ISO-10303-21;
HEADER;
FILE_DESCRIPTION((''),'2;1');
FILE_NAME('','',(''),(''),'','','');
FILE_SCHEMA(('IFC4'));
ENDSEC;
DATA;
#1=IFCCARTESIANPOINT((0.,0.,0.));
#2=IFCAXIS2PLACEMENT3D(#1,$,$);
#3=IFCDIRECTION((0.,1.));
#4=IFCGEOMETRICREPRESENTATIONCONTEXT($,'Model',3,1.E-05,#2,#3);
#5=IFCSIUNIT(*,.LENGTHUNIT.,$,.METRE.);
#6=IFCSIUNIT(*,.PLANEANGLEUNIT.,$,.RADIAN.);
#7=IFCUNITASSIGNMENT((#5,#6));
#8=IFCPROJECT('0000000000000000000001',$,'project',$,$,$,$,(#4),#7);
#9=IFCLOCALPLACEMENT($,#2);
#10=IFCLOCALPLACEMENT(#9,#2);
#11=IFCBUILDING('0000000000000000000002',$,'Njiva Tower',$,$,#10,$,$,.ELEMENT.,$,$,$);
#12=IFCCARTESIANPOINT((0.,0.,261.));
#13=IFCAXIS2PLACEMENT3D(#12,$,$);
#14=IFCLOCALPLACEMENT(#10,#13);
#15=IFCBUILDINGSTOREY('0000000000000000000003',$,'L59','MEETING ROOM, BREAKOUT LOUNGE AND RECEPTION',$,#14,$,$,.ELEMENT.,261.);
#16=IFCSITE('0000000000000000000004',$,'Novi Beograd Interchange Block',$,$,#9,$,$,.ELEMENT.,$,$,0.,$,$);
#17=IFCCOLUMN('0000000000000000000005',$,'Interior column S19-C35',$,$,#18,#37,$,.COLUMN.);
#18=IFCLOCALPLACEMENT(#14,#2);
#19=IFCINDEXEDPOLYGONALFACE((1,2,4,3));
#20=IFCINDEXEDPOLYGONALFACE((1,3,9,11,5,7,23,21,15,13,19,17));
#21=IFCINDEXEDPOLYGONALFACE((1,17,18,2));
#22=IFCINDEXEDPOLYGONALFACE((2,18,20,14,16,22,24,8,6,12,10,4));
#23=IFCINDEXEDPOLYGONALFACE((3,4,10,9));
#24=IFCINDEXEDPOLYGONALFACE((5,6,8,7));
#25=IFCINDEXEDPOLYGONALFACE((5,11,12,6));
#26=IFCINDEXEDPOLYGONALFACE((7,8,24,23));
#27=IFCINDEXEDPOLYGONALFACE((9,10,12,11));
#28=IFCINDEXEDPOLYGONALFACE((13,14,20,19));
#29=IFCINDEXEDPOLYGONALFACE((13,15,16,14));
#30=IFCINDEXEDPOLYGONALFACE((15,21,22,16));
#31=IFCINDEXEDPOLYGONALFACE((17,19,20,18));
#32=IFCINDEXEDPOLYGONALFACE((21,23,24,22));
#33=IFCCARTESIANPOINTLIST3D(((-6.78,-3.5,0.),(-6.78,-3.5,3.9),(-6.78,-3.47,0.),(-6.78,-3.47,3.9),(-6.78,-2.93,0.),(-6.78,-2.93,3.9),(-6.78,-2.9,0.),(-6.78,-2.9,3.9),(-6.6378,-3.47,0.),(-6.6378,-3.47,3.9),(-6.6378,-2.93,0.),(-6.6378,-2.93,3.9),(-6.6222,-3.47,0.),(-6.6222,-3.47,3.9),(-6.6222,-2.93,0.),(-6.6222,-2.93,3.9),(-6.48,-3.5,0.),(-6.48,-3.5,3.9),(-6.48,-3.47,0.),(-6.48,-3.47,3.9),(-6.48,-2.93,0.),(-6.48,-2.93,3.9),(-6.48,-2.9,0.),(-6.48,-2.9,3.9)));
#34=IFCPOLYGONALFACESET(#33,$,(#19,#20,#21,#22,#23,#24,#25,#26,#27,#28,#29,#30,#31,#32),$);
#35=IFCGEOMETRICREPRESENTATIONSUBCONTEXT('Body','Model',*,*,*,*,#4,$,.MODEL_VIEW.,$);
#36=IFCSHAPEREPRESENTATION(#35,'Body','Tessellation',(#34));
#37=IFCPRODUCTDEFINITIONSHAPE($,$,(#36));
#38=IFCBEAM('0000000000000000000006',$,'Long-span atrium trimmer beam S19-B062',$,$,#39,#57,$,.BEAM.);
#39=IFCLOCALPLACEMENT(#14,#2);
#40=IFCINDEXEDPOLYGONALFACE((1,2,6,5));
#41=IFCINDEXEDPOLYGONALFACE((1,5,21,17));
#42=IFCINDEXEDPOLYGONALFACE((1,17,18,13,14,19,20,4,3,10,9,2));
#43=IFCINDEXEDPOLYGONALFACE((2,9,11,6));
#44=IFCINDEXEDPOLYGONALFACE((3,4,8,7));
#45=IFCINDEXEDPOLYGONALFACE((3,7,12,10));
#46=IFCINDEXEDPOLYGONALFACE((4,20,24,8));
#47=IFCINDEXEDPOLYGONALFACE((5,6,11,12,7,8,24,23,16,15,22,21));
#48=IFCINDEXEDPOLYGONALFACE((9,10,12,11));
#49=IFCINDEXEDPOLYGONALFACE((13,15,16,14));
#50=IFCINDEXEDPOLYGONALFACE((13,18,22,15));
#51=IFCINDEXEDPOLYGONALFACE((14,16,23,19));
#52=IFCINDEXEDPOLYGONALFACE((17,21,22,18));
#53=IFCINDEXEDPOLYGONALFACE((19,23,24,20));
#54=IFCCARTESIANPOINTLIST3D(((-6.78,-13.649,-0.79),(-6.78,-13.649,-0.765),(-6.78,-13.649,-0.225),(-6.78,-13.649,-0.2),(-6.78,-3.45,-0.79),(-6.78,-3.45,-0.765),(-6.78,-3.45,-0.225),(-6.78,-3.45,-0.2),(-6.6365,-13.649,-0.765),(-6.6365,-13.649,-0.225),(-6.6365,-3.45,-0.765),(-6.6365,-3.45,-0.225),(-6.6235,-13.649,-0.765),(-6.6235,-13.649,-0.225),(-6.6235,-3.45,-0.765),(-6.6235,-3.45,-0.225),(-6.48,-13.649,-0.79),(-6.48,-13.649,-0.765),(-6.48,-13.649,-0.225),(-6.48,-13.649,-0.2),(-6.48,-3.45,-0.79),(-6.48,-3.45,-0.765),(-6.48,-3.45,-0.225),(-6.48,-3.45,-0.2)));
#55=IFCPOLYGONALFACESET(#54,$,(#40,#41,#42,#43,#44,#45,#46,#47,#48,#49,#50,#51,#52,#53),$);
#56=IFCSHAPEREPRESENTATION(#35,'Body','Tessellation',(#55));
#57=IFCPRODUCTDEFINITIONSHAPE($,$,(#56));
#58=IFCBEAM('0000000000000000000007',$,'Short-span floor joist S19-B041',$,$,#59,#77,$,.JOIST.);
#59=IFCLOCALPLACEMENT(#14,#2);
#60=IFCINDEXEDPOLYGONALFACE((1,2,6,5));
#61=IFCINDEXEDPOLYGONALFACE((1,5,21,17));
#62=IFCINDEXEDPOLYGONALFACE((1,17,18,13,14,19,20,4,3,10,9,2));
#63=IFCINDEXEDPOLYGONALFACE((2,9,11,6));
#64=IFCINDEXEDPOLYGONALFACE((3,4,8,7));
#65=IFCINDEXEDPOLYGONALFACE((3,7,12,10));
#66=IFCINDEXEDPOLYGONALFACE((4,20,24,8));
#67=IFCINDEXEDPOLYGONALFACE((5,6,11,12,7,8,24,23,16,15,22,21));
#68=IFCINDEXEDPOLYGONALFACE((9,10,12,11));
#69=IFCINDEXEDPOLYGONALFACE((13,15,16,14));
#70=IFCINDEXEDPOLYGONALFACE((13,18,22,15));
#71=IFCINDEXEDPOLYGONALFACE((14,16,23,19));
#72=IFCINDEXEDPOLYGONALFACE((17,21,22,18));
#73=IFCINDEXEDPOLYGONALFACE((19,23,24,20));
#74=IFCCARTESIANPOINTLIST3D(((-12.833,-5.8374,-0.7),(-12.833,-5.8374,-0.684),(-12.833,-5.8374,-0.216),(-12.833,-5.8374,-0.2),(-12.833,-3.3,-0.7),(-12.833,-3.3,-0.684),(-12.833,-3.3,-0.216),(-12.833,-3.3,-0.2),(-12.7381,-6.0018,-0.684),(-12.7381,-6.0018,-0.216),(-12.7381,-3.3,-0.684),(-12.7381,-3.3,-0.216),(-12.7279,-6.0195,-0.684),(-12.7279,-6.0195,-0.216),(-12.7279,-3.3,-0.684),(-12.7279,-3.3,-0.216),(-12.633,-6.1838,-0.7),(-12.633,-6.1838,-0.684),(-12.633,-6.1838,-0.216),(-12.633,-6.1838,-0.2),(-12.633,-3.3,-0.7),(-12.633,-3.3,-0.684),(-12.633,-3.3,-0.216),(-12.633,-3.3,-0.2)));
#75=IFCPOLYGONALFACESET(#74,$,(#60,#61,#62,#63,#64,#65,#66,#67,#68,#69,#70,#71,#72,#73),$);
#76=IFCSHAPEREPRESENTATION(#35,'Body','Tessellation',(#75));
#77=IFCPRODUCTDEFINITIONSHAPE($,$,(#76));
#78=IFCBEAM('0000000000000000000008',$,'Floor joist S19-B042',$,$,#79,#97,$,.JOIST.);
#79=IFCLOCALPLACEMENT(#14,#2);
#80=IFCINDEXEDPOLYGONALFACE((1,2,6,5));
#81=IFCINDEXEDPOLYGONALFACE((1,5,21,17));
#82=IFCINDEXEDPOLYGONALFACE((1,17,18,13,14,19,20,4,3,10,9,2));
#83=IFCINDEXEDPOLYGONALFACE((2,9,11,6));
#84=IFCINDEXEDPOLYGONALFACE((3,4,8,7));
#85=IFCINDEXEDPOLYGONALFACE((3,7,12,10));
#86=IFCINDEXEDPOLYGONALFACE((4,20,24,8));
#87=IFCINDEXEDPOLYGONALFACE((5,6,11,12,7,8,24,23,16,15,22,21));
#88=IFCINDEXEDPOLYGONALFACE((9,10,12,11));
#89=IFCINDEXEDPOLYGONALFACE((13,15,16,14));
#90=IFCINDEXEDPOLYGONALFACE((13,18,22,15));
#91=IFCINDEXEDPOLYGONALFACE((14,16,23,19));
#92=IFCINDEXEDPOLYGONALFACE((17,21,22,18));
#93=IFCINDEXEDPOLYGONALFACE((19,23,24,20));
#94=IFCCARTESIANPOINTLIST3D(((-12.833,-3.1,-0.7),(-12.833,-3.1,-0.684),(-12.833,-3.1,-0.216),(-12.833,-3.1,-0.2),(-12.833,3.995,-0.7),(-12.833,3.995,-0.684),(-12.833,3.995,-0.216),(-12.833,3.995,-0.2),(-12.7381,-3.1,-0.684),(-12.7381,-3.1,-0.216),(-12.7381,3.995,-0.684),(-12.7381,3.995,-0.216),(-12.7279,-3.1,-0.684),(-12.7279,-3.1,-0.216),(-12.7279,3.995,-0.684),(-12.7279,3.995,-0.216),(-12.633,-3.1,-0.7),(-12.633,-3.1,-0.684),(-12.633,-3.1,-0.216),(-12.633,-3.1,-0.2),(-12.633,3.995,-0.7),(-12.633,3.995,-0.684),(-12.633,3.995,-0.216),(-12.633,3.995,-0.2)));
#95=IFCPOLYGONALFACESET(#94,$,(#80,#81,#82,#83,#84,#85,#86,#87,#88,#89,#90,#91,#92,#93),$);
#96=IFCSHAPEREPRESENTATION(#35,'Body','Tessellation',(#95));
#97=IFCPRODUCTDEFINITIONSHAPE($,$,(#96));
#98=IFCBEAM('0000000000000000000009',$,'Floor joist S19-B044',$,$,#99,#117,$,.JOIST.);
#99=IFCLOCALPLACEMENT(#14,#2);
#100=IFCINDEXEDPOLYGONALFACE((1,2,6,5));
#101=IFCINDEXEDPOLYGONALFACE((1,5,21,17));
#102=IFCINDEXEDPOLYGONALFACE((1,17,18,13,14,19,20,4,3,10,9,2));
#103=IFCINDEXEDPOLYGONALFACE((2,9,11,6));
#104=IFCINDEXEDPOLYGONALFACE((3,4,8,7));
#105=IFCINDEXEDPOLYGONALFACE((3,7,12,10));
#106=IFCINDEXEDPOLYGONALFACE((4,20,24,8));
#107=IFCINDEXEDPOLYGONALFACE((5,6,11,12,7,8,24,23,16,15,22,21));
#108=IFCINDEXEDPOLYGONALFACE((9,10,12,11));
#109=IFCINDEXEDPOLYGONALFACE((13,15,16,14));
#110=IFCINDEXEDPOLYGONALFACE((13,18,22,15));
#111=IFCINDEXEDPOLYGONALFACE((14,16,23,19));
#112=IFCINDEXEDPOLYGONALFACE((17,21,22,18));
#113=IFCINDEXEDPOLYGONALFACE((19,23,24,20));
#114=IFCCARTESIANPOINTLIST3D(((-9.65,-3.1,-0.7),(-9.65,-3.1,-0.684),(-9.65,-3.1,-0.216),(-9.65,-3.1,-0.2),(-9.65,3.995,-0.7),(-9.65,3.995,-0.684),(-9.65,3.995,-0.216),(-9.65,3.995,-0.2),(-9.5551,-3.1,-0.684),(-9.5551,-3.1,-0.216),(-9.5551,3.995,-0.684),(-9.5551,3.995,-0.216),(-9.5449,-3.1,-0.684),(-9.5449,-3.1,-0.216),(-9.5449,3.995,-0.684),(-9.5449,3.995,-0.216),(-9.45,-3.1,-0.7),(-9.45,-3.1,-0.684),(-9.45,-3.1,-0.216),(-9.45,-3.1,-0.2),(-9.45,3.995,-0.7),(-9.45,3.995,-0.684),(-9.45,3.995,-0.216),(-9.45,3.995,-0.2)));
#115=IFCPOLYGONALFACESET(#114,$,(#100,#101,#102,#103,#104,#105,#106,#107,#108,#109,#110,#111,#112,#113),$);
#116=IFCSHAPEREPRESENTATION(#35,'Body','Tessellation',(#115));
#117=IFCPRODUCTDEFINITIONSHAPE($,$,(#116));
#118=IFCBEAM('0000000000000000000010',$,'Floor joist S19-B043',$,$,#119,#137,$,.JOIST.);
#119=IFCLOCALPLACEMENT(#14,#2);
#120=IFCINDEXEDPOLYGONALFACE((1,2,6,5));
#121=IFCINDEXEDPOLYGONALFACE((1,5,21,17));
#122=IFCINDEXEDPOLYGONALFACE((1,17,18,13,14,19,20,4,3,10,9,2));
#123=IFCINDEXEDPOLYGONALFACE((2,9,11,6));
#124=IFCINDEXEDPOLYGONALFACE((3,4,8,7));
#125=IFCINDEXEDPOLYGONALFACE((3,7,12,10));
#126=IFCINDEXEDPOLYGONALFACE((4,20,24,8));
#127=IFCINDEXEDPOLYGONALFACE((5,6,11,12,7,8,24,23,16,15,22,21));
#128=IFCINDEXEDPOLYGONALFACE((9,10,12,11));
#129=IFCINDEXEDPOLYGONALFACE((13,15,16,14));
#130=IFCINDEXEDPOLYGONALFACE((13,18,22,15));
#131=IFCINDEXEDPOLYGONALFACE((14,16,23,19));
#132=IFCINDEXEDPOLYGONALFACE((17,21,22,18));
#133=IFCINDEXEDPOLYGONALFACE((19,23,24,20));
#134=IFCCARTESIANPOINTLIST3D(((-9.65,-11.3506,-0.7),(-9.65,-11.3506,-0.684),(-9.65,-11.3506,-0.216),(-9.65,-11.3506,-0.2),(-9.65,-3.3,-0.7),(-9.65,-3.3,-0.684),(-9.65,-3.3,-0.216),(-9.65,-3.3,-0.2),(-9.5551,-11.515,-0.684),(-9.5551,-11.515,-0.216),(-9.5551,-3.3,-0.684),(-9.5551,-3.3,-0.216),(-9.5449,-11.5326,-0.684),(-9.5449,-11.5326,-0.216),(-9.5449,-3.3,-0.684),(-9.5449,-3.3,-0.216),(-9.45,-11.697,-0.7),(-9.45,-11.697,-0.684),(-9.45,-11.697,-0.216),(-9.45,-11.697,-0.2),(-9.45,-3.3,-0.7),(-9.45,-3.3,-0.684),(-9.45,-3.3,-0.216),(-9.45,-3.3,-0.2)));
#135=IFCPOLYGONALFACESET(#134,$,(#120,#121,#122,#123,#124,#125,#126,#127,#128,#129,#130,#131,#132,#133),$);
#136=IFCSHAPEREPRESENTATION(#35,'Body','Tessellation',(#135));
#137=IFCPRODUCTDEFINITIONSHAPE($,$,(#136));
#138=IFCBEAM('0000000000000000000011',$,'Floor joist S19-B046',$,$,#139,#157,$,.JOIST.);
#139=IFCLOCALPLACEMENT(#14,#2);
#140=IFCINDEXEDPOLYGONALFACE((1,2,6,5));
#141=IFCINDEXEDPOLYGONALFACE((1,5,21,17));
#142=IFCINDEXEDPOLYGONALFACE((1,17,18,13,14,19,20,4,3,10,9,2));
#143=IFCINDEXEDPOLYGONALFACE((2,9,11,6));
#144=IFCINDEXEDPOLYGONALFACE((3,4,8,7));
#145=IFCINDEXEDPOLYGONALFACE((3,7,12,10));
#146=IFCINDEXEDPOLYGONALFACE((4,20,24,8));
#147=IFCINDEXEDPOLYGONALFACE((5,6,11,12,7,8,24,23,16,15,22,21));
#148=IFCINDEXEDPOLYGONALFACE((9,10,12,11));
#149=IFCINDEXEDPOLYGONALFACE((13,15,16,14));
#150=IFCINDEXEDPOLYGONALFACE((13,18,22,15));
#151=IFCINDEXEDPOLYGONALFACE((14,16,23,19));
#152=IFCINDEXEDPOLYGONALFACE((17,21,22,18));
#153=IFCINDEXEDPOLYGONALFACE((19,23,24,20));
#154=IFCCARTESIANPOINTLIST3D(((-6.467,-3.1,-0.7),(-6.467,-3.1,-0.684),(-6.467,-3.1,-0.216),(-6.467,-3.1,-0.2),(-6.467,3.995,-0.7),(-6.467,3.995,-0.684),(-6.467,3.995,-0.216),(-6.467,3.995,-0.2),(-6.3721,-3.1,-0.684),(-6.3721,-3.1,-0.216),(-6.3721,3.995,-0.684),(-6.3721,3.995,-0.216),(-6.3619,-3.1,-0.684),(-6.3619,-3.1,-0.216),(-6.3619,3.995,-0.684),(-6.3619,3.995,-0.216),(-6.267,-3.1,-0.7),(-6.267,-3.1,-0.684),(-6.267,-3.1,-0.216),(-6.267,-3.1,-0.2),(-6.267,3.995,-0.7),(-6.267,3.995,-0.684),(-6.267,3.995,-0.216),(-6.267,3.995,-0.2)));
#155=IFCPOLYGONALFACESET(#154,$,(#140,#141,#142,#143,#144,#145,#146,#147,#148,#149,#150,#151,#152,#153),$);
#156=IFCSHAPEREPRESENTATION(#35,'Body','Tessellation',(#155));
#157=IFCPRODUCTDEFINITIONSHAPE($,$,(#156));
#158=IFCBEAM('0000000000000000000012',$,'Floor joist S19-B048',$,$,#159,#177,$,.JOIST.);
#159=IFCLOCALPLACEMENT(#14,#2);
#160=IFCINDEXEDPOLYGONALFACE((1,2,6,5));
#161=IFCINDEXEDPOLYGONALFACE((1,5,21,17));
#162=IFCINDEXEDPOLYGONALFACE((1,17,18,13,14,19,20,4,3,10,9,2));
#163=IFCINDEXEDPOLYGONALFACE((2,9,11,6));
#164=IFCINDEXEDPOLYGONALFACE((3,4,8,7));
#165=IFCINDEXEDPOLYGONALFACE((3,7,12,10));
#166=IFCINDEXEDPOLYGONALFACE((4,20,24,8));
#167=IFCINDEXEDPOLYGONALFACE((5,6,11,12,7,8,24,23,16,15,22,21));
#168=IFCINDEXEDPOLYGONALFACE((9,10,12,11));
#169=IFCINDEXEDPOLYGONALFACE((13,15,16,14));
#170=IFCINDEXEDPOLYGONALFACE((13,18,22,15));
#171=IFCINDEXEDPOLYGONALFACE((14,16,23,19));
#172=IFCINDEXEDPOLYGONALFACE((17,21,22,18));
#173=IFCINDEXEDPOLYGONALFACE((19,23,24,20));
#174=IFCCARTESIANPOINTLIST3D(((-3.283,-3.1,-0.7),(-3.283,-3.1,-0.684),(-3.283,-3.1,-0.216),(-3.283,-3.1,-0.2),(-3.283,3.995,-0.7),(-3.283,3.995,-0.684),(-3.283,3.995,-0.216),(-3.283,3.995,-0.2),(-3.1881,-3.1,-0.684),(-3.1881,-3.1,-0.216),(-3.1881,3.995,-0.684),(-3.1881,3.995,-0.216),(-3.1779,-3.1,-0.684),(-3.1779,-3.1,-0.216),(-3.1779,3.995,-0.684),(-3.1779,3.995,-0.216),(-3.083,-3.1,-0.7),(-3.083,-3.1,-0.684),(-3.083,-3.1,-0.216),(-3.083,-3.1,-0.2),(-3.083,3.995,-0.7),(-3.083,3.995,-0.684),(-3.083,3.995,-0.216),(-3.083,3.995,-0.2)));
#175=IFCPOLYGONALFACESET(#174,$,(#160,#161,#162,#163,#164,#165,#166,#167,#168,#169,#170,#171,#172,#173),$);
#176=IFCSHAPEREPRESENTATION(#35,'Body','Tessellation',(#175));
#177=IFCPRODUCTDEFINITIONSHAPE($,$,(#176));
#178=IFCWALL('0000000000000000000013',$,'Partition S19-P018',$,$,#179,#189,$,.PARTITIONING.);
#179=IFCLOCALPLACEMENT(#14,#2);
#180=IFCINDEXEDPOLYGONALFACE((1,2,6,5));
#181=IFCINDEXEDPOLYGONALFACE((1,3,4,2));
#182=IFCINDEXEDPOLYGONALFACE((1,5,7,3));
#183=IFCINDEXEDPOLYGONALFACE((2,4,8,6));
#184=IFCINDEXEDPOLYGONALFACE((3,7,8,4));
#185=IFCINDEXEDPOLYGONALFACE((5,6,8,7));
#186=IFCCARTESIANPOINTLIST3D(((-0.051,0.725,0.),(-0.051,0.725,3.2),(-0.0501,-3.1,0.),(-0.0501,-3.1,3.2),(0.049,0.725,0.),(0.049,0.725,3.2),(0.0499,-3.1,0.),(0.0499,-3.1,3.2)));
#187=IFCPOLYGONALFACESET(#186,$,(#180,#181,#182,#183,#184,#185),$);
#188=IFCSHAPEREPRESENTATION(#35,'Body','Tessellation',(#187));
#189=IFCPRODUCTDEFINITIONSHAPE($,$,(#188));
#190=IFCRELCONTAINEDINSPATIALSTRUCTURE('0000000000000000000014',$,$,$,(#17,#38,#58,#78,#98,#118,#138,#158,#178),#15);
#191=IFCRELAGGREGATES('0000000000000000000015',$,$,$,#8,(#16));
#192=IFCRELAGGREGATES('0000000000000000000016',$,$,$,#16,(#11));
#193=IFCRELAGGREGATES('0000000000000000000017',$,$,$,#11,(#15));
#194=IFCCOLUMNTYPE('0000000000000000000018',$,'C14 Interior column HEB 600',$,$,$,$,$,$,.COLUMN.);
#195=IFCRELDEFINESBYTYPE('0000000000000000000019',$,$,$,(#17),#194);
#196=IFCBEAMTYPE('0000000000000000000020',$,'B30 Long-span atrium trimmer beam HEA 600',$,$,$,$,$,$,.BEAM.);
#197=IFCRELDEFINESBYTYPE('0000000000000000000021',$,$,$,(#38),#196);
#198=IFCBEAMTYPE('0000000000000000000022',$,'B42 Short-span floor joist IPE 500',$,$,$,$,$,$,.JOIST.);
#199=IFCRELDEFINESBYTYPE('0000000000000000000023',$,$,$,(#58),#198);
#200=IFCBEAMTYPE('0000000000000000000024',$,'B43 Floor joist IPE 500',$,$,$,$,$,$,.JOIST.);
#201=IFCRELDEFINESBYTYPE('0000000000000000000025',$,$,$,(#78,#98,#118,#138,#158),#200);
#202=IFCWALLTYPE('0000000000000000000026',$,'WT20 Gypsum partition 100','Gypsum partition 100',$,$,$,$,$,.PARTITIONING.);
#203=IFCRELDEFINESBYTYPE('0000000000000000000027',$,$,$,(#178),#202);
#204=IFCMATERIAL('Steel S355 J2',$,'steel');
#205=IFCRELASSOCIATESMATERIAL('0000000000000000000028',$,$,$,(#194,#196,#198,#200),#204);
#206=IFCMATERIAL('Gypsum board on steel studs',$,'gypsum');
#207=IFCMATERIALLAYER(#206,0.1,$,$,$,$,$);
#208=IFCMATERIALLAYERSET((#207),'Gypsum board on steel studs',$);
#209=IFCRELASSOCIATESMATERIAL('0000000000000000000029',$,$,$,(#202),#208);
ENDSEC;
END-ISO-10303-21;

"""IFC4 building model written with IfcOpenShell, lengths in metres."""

from ifc_helpers import new_model, si_unit, direction, frame, frame_2d, origin, origin_2d, place, context, subcontext, project, spatial, rectangle, i_section, extrude, clip, halfspace, material, layer, layer_set, material_profile, profile_set, type_object, element, save


model = new_model("IFC4")

# Units and contexts
model_context = context("Model", 3, precision=1e-05, world=origin(), true_north=direction((0.0, 1.0)))
body_context = subcontext(model_context, "Body", "Model", "MODEL_VIEW")
ifc_project = project(units=[si_unit("LENGTHUNIT", "METRE"), si_unit("PLANEANGLEUNIT", "RADIAN")], contexts=[model_context])

# Site, building, storey
site_placement = place(None, origin())
site = spatial("IfcSite", under=ifc_project, at=site_placement, Name="Novi Beograd Interchange Block", CompositionType="ELEMENT", RefElevation=0.0)
building_placement = place(site_placement, origin())
building = spatial("IfcBuilding", under=site, at=building_placement, Name="Njiva Tower", CompositionType="ELEMENT")
storey_placement = place(building_placement, frame((0.0, 0.0, 261.0)))
storey = spatial("IfcBuildingStorey", under=building, at=storey_placement, Name="L59", Description="MEETING ROOM, BREAKOUT LOUNGE AND RECEPTION", CompositionType="ELEMENT", Elevation=261.0)

# Column
ifc_material_1 = material(Name="Steel S355 J2", Category="steel")
ifc_material_profile_1 = material_profile(ifc_material_1, i_section(OverallWidth=0.3, OverallDepth=0.6, WebThickness=0.0155, FlangeThickness=0.03, at=origin_2d()), Name="HEB 600")
ifc_profile_set_1 = profile_set([ifc_material_profile_1], Name="Steel S355 J2")
column_type = type_object("IfcColumnType", Name="C14 Interior column HEB 600", PredefinedType="COLUMN", material=ifc_profile_set_1)
column_placement = place(storey_placement, frame((-6.63, -3.2, 0.0), z_axis=(0.0, 0.0, 1.0), x_axis=(1.0, 0.0, 0.0)))
element("IfcColumn", 1, at=column_placement, inside=storey, type_object=column_type, Name="Interior column S19-C35", PredefinedType="COLUMN", context=body_context, shape_type="SweptSolid", body=[
    extrude(i_section(OverallWidth=0.3, OverallDepth=0.6, WebThickness=0.0155, FlangeThickness=0.03, at=origin_2d()), origin(), (0.0, 0.0, 1.0), 3.9),
])

# Beams
ifc_material_profile_2 = material_profile(ifc_material_1, i_section(OverallWidth=0.3, OverallDepth=0.59, WebThickness=0.013, FlangeThickness=0.025, at=origin_2d()), Name="HEA 600")
ifc_profile_set_2 = profile_set([ifc_material_profile_2], Name="Steel S355 J2")
beam_type_1 = type_object("IfcBeamType", Name="B30 Long-span atrium trimmer beam HEA 600", PredefinedType="BEAM", material=ifc_profile_set_2)
beam_1_placement = place(storey_placement, frame((-6.63, -3.45, -0.495), z_axis=(0.0, -1.0, 0.0), x_axis=(1.0, 0.0, 0.0)))
element("IfcBeam", 2, at=beam_1_placement, inside=storey, type_object=beam_type_1, Name="Long-span atrium trimmer beam S19-B062", PredefinedType="BEAM", context=body_context, shape_type="SweptSolid", body=[
    extrude(i_section(OverallWidth=0.3, OverallDepth=0.59, WebThickness=0.013, FlangeThickness=0.025, at=origin_2d()), origin(), (0.0, 0.0, 1.0), 10.199),
])
ifc_material_profile_3 = material_profile(ifc_material_1, i_section(OverallWidth=0.2, OverallDepth=0.5, WebThickness=0.0102, FlangeThickness=0.016, at=origin_2d()), Name="IPE 500")
ifc_profile_set_3 = profile_set([ifc_material_profile_3], Name="Steel S355 J2")
beam_type_2 = type_object("IfcBeamType", Name="B42 Short-span floor joist IPE 500", PredefinedType="JOIST", material=ifc_profile_set_3)
beam_2_placement = place(storey_placement, frame((-12.733, -3.3, -0.45), z_axis=(0.0, -1.0, 0.0), x_axis=(1.0, 0.0, 0.0)))
element("IfcBeam", 3, at=beam_2_placement, inside=storey, type_object=beam_type_2, Name="Short-span floor joist S19-B041", PredefinedType="JOIST", context=body_context, shape_type="Clipping", body=[
    clip(extrude(i_section(OverallWidth=0.2, OverallDepth=0.5, WebThickness=0.0102, FlangeThickness=0.016, at=origin_2d()), origin(), (0.0, 0.0, 1.0), 2.903), halfspace(frame((-0.0436, 0.0, 2.6351), z_axis=(-0.866027, 0.0, 0.499998), x_axis=(0.0, 1.0, 0.0)), False)),
])
ifc_material_profile_4 = material_profile(ifc_material_1, i_section(OverallWidth=0.2, OverallDepth=0.5, WebThickness=0.0102, FlangeThickness=0.016, at=origin_2d()), Name="IPE 500")
ifc_profile_set_4 = profile_set([ifc_material_profile_4], Name="Steel S355 J2")
beam_type_3 = type_object("IfcBeamType", Name="B43 Floor joist IPE 500", PredefinedType="JOIST", material=ifc_profile_set_4)
for number, where, z_axis, x_axis, name in (
    (4, (-12.733, 3.995, -0.45), (0.0, -1.0, 0.0), (1.0, 0.0, 0.0), "Floor joist S19-B042"),
    (5, (-9.55, 3.995, -0.45), (0.0, -1.0, 0.0), (1.0, 0.0, 0.0), "Floor joist S19-B044"),
):
    element("IfcBeam", number, at=place(storey_placement, frame(where, z_axis=z_axis, x_axis=x_axis)), inside=storey, type_object=beam_type_3, Name=name, PredefinedType="JOIST", context=body_context, shape_type="SweptSolid", body=[
        extrude(i_section(OverallWidth=0.2, OverallDepth=0.5, WebThickness=0.0102, FlangeThickness=0.016, at=origin_2d()), origin(), (0.0, 0.0, 1.0), 7.095),
    ])
beam_3_placement = place(storey_placement, frame((-9.55, -3.3, -0.45), z_axis=(0.0, -1.0, 0.0), x_axis=(1.0, 0.0, 0.0)))
element("IfcBeam", 6, at=beam_3_placement, inside=storey, type_object=beam_type_3, Name="Floor joist S19-B043", PredefinedType="JOIST", context=body_context, shape_type="Clipping", body=[
    clip(extrude(i_section(OverallWidth=0.2, OverallDepth=0.5, WebThickness=0.0102, FlangeThickness=0.016, at=origin_2d()), origin(), (0.0, 0.0, 1.0), 8.417), halfspace(frame((-0.0433, 0.0, 8.1488), z_axis=(-0.866027, 0.0, 0.499998), x_axis=(0.0, 1.0, 0.0)), False)),
])
for number, where, z_axis, x_axis, name in (
    (7, (-6.367, 3.995, -0.45), (0.0, -1.0, 0.0), (1.0, 0.0, 0.0), "Floor joist S19-B046"),
    (8, (-3.183, 3.995, -0.45), (0.0, -1.0, 0.0), (1.0, 0.0, 0.0), "Floor joist S19-B048"),
):
    element("IfcBeam", number, at=place(storey_placement, frame(where, z_axis=z_axis, x_axis=x_axis)), inside=storey, type_object=beam_type_3, Name=name, PredefinedType="JOIST", context=body_context, shape_type="SweptSolid", body=[
        extrude(i_section(OverallWidth=0.2, OverallDepth=0.5, WebThickness=0.0102, FlangeThickness=0.016, at=origin_2d()), origin(), (0.0, 0.0, 1.0), 7.095),
    ])

# Wall
ifc_material_2 = material(Name="Gypsum board on steel studs", Category="gypsum")
ifc_layer_1 = layer(ifc_material_2, 0.1)
ifc_layer_set_1 = layer_set([ifc_layer_1], Name="Gypsum board on steel studs")
wall_type_1 = type_object("IfcWallType", Name="WT20 Gypsum partition 100", Description="Gypsum partition 100", PredefinedType="PARTITIONING", material=ifc_layer_set_1)
wall_1_placement = place(storey_placement, frame((-0.001, 0.725, 0.0), z_axis=(0.0, 0.0, 1.0), x_axis=(0.000235, -1.0, 0.0)))
element("IfcWall", 9, at=wall_1_placement, inside=storey, type_object=wall_type_1, Name="Partition S19-P018", PredefinedType="PARTITIONING", context=body_context, shape_type="SweptSolid", body=[
    extrude(rectangle(XDim=3.825, YDim=0.1, at=frame_2d((1.9125, 0.0))), origin(), (0.0, 0.0, 1.0), 3.2),
])

save(model, "model.ifc")
